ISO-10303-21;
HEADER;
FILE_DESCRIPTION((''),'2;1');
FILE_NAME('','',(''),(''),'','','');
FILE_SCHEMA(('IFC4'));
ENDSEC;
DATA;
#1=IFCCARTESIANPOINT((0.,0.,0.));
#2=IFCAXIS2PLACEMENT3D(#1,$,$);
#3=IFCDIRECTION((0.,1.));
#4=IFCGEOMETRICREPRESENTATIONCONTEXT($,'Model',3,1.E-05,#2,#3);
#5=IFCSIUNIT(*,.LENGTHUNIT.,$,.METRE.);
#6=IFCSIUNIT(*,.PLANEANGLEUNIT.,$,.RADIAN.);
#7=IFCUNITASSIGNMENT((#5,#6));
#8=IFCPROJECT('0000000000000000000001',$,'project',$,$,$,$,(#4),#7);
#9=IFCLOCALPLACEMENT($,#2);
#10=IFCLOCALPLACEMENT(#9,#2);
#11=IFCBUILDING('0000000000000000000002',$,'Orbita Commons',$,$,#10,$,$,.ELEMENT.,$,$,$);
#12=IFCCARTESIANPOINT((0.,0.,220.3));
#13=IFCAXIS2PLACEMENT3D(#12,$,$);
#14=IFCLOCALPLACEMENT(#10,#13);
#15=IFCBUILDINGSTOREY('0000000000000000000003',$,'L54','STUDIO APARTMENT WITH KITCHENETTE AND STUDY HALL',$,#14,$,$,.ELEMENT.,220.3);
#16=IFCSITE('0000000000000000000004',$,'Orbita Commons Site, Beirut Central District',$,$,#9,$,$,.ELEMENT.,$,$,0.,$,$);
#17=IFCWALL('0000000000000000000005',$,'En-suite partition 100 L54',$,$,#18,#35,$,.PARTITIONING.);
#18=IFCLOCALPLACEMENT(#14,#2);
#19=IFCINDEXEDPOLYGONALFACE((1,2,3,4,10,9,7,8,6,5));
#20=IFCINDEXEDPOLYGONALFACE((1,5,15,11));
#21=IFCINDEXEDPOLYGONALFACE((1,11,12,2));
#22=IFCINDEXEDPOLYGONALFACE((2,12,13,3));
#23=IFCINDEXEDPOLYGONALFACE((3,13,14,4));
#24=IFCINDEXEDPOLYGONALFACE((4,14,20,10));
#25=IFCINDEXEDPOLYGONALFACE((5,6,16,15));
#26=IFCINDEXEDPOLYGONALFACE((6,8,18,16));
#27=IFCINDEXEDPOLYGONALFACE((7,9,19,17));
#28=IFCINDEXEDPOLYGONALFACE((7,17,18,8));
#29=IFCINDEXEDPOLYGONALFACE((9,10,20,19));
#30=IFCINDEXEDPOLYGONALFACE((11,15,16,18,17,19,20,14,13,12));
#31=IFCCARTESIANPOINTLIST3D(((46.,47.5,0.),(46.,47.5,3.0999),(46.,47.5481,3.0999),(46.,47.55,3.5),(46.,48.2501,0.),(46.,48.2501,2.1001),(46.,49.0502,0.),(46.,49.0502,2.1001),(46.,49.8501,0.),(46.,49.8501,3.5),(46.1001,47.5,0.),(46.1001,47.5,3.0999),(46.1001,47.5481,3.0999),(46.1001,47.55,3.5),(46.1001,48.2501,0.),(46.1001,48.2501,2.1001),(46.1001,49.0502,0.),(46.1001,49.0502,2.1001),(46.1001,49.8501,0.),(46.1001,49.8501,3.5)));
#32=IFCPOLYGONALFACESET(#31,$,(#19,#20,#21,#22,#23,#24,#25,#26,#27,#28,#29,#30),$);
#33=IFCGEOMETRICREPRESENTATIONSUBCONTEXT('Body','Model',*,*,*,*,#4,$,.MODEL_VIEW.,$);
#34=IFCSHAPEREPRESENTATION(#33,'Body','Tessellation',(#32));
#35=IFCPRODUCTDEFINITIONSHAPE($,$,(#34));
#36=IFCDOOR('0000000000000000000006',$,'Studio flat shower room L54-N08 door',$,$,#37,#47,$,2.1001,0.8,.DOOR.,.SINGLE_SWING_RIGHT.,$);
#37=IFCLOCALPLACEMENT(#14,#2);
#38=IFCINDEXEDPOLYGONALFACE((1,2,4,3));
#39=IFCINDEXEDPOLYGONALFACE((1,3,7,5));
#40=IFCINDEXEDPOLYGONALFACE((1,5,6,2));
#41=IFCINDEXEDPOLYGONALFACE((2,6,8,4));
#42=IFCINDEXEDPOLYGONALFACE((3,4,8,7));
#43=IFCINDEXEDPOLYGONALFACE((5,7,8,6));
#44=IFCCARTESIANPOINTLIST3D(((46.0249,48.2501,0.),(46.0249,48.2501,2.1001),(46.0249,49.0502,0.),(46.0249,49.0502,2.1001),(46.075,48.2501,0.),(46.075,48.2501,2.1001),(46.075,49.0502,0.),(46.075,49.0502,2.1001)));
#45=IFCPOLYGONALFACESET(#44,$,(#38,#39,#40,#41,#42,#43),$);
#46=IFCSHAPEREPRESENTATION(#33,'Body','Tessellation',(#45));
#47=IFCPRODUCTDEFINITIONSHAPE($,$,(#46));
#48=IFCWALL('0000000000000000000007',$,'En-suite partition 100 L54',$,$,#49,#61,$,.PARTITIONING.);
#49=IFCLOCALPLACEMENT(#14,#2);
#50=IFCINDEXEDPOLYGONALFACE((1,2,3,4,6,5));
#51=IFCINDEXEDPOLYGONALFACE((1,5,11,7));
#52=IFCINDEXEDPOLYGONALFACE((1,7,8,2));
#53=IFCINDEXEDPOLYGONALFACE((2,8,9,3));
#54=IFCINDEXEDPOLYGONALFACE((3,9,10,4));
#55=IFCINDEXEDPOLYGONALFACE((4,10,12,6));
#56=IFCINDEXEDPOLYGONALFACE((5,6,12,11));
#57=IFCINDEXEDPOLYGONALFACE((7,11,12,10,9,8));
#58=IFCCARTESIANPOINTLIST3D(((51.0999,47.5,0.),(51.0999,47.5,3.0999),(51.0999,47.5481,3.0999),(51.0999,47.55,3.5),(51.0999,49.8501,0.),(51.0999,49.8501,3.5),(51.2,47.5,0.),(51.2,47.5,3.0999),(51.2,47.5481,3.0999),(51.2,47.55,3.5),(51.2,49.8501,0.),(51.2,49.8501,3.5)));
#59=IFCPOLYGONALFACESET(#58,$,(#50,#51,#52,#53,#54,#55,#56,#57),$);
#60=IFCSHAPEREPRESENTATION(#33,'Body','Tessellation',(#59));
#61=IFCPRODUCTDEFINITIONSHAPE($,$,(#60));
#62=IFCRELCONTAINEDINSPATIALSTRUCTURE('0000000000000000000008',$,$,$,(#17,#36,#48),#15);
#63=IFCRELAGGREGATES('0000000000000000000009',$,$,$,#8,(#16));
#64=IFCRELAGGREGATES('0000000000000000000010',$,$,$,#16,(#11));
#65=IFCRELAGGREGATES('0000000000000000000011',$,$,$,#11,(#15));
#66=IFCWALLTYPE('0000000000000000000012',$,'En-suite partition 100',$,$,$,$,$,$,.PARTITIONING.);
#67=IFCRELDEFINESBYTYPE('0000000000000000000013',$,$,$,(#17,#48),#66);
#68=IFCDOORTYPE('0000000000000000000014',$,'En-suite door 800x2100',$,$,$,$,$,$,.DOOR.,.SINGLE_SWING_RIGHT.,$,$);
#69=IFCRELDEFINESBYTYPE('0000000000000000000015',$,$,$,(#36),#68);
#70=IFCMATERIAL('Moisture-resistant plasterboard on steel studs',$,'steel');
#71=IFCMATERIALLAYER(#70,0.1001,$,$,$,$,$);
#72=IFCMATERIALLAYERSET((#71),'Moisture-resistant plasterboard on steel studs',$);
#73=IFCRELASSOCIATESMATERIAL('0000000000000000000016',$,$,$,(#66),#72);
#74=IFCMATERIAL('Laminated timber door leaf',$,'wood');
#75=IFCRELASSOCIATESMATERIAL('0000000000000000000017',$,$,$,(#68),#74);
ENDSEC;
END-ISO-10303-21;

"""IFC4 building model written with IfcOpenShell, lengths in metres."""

from ifc_helpers import new_model, si_unit, direction, frame, frame_2d, origin, place, context, subcontext, project, spatial, polyline, rectangle, outline, extrude, material, layer, layer_set, type_object, element, fill, save


model = new_model("IFC4")

# Units and contexts
model_context = context("Model", 3, precision=1e-05, world=origin(), true_north=direction((0.0, 1.0)))
body_context = subcontext(model_context, "Body", "Model", "MODEL_VIEW")
ifc_project = project(units=[si_unit("LENGTHUNIT", "METRE"), si_unit("PLANEANGLEUNIT", "RADIAN")], contexts=[model_context])

# Site, building, storey
site_placement = place(None, origin())
site = spatial("IfcSite", under=ifc_project, at=site_placement, Name="Orbita Commons Site, Beirut Central District", CompositionType="ELEMENT", RefElevation=0.0)
building_placement = place(site_placement, origin())
building = spatial("IfcBuilding", under=site, at=building_placement, Name="Orbita Commons", CompositionType="ELEMENT")
storey_placement = place(building_placement, frame((0.0, 0.0, 220.3)))
storey = spatial("IfcBuildingStorey", under=building, at=storey_placement, Name="L54", Description="STUDIO APARTMENT WITH KITCHENETTE AND STUDY HALL", CompositionType="ELEMENT", Elevation=220.3)

# Shared definitions
ifc_material_1 = material(Name="Moisture-resistant plasterboard on steel studs", Category="steel")
ifc_layer_1 = layer(ifc_material_1, 0.1001)
ifc_layer_set_1 = layer_set([ifc_layer_1], Name="Moisture-resistant plasterboard on steel studs")
wall_type_1 = type_object("IfcWallType", Name="En-suite partition 100", PredefinedType="PARTITIONING", material=ifc_layer_set_1)

# Wall, opening, door
wall_1_placement = place(storey_placement, frame((46.05, 49.8501, 0.0), z_axis=(0.0, 0.0, 1.0), x_axis=(0.0, -1.0, 0.0)))
wall_1 = element("IfcWall", 1, at=wall_1_placement, inside=storey, type_object=wall_type_1, Name="En-suite partition 100 L54", PredefinedType="PARTITIONING", context=body_context, shape_type="SweptSolid", body=[
    extrude(outline(polyline([(0.0, 0.0), (2.3501, 0.0), (2.3501, 3.0999), (2.302, 3.0999), (2.3, 3.5), (0.0, 3.5), (0.0, 0.0)])), frame((0.0, 0.05, 0.0), z_axis=(0.0, -1.0, 0.0), x_axis=(1.0, 0.0, 0.0)), (0.0, 0.0, 1.0), 0.1001),
])
opening_1_placement = place(wall_1_placement, frame((0.8, 0.0, 0.0)))
opening_1 = element("IfcOpeningElement", 2, at=opening_1_placement, cuts=wall_1, PredefinedType="OPENING", context=body_context, shape_type="SweptSolid", body=[
    extrude(rectangle(XDim=0.8, YDim=2.1001, at=frame_2d((0.3999, 1.05))), frame((0.0, 0.0601, 0.0), z_axis=(0.0, -1.0, 0.0), x_axis=(1.0, 0.0, 0.0)), (0.0, 0.0, 1.0), 0.1201),
])
ifc_material_2 = material(Name="Laminated timber door leaf", Category="wood")
door_type_1 = type_object("IfcDoorType", Name="En-suite door 800x2100", OperationType="SINGLE_SWING_RIGHT", PredefinedType="DOOR", material=ifc_material_2)
door_1_placement = place(opening_1_placement, origin())
door_1 = element("IfcDoor", 3, at=door_1_placement, inside=storey, type_object=door_type_1, Name="Studio flat shower room L54-N08 door", OperationType="SINGLE_SWING_RIGHT", OverallHeight=2.1001, OverallWidth=0.8, PredefinedType="DOOR", context=body_context, shape_type="SweptSolid", body=[
    extrude(rectangle(XDim=0.8, YDim=2.1001, at=frame_2d((0.3999, 1.05))), frame((0.0, 0.0249, 0.0), z_axis=(0.0, -1.0, 0.0), x_axis=(1.0, 0.0, 0.0)), (0.0, 0.0, 1.0), 0.05),
])
fill(opening_1, door_1)

# Wall
wall_2_placement = place(storey_placement, frame((51.1499, 49.8501, 0.0), z_axis=(0.0, 0.0, 1.0), x_axis=(0.0, -1.0, 0.0)))
element("IfcWall", 4, at=wall_2_placement, inside=storey, type_object=wall_type_1, Name="En-suite partition 100 L54", PredefinedType="PARTITIONING", context=body_context, shape_type="SweptSolid", body=[
    extrude(outline(polyline([(0.0, 0.0), (2.3501, 0.0), (2.3501, 3.0999), (2.302, 3.0999), (2.3, 3.5), (0.0, 3.5), (0.0, 0.0)])), frame((0.0, 0.05, 0.0), z_axis=(0.0, -1.0, 0.0), x_axis=(1.0, 0.0, 0.0)), (0.0, 0.0, 1.0), 0.1001),
])

save(model, "model.ifc")
